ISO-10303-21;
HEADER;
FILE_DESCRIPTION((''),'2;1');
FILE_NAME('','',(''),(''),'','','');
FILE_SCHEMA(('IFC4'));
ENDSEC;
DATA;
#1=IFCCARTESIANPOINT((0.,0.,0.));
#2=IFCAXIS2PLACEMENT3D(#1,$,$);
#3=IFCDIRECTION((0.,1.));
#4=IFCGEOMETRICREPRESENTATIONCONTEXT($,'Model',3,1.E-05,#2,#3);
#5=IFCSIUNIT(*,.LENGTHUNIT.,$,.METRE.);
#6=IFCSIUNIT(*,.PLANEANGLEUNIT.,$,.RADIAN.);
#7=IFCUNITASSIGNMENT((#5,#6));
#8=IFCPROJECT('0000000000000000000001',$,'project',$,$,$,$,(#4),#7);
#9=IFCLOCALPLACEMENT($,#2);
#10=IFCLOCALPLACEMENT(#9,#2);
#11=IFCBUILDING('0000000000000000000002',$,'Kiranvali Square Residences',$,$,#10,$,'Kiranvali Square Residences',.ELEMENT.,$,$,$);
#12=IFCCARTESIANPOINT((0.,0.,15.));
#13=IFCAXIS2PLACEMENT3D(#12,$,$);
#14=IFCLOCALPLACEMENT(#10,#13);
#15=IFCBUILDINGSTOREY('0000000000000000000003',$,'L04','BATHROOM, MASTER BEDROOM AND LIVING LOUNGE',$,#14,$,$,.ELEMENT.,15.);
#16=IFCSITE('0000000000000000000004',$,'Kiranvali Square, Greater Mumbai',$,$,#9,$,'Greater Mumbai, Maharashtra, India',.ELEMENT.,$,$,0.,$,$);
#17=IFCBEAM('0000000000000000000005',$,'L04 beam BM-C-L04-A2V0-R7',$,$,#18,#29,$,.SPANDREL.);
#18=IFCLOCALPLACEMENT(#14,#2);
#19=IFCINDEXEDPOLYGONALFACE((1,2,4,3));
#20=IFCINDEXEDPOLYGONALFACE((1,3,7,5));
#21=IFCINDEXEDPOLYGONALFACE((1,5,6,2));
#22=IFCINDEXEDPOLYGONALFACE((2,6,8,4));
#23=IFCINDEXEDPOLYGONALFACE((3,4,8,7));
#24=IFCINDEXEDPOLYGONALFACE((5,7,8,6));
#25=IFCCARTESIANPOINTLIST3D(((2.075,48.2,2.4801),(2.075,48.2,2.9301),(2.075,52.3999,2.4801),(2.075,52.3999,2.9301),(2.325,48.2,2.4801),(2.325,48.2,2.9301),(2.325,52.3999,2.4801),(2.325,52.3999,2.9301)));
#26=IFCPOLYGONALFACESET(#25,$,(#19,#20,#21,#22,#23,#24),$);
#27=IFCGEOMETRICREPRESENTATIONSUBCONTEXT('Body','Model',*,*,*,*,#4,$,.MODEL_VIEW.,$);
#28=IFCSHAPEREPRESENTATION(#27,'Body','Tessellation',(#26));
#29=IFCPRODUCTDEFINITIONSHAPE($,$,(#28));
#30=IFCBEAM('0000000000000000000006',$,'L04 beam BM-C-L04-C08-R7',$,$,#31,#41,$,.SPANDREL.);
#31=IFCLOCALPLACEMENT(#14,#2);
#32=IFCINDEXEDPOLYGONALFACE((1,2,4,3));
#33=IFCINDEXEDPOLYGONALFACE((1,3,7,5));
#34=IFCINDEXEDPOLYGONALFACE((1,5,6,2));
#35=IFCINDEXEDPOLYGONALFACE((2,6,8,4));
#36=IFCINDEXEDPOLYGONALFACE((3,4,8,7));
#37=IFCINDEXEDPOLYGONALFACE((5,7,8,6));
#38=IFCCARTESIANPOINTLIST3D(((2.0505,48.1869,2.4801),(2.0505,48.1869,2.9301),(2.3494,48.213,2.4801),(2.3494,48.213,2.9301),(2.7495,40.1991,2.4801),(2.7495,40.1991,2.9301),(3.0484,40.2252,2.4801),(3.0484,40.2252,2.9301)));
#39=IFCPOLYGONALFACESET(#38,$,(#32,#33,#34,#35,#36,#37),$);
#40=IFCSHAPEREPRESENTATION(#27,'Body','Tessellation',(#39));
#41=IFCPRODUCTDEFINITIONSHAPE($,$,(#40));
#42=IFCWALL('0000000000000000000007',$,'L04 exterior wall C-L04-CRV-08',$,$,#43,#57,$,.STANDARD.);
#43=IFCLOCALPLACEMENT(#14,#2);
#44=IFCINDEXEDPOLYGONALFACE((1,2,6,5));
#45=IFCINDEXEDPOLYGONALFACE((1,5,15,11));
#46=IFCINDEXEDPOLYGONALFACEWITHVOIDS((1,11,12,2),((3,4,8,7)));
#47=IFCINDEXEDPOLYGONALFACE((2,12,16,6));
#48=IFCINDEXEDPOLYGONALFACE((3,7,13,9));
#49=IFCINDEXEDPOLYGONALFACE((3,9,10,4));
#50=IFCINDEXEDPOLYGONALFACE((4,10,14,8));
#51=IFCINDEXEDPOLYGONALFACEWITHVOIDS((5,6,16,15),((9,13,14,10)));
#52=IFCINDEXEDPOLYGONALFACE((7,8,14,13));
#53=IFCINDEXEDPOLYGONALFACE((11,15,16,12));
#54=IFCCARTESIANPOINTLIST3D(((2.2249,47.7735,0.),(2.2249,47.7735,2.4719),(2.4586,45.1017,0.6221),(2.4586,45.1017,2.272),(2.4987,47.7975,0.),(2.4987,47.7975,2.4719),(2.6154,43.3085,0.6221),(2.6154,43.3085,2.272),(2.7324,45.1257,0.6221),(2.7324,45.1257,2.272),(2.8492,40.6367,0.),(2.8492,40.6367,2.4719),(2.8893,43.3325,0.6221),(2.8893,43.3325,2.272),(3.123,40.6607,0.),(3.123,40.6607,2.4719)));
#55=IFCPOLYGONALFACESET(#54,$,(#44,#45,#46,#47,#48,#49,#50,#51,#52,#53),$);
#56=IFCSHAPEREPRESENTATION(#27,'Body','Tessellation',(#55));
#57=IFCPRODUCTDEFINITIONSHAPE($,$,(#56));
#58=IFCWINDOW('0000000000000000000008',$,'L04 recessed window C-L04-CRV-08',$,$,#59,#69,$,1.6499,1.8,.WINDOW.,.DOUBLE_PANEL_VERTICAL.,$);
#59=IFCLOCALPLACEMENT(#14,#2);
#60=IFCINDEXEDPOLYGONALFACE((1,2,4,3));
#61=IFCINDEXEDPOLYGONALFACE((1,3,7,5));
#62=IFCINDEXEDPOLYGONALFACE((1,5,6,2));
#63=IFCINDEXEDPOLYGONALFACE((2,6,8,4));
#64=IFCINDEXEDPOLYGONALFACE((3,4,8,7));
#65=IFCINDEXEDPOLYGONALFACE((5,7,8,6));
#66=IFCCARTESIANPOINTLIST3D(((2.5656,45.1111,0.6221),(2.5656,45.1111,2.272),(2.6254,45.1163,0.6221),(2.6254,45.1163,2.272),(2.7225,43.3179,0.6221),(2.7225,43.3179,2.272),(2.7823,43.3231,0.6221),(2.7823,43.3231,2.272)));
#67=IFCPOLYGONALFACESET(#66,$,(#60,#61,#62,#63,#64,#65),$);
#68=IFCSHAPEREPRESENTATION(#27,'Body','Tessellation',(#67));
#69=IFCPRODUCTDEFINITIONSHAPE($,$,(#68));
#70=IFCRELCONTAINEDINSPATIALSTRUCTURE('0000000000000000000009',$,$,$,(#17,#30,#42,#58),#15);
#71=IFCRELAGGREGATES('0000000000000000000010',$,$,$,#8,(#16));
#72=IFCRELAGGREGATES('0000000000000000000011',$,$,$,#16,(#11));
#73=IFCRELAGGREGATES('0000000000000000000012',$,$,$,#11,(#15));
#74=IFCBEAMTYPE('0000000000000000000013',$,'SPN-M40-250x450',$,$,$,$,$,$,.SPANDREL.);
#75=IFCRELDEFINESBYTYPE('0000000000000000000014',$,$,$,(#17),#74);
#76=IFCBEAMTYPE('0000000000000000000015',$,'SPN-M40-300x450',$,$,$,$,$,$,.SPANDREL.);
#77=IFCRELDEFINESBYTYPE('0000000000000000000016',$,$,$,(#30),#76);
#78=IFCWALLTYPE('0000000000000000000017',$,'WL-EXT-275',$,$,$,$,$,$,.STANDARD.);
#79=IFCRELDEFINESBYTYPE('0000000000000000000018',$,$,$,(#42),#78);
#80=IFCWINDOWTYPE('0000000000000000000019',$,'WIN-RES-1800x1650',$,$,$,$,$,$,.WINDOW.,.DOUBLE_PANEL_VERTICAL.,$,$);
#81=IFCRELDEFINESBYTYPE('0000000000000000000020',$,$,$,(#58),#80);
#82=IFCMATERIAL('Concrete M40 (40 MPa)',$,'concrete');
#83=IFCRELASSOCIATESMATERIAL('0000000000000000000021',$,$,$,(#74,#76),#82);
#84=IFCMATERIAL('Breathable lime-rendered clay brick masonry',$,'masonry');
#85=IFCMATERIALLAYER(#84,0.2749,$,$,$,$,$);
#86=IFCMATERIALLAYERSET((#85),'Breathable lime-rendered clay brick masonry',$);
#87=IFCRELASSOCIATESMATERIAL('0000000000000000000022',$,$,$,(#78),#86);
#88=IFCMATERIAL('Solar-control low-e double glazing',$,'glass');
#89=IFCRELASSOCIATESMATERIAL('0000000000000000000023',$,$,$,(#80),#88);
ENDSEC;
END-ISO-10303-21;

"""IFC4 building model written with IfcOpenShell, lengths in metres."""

from ifc_helpers import new_model, si_unit, direction, frame, frame_2d, origin, origin_2d, place, context, subcontext, project, spatial, rectangle, extrude, material, layer, layer_set, material_profile, profile_set, type_object, element, fill, save


model = new_model("IFC4")

# Units and contexts
model_context = context("Model", 3, precision=1e-05, world=origin(), true_north=direction((0.0, 1.0)))
body_context = subcontext(model_context, "Body", "Model", "MODEL_VIEW")
ifc_project = project(units=[si_unit("LENGTHUNIT", "METRE"), si_unit("PLANEANGLEUNIT", "RADIAN")], contexts=[model_context])

# Site, building, storey
site_placement = place(None, origin())
site = spatial("IfcSite", under=ifc_project, at=site_placement, Name="Kiranvali Square, Greater Mumbai", LongName="Greater Mumbai, Maharashtra, India", CompositionType="ELEMENT", RefElevation=0.0)
building_placement = place(site_placement, origin())
building = spatial("IfcBuilding", under=site, at=building_placement, Name="Kiranvali Square Residences", LongName="Kiranvali Square Residences", CompositionType="ELEMENT")
storey_placement = place(building_placement, frame((0.0, 0.0, 15.0)))
storey = spatial("IfcBuildingStorey", under=building, at=storey_placement, Name="L04", Description="BATHROOM, MASTER BEDROOM AND LIVING LOUNGE", CompositionType="ELEMENT", Elevation=15.0)

# Beams
ifc_material_1 = material(Name="Concrete M40 (40 MPa)", Category="concrete")
ifc_material_profile_1 = material_profile(ifc_material_1, rectangle(XDim=0.25, YDim=0.45, at=origin_2d()), Name="RC 250x450")
ifc_profile_set_1 = profile_set([ifc_material_profile_1], Name="Concrete M40 (40 MPa)")
beam_type_1 = type_object("IfcBeamType", Name="SPN-M40-250x450", PredefinedType="SPANDREL", material=ifc_profile_set_1)
beam_1_placement = place(storey_placement, frame((2.2, 48.2, 2.7051), z_axis=(0.0, 1.0, 0.0), x_axis=(-1.0, 0.0, 0.0)))
element("IfcBeam", 1, at=beam_1_placement, inside=storey, type_object=beam_type_1, Name="L04 beam BM-C-L04-A2V0-R7", PredefinedType="SPANDREL", context=body_context, shape_type="SweptSolid", body=[
    extrude(rectangle(XDim=0.25, YDim=0.45, at=origin_2d()), origin(), (0.0, 0.0, 1.0), 4.2),
])
ifc_material_profile_2 = material_profile(ifc_material_1, rectangle(XDim=0.3, YDim=0.45, at=origin_2d()), Name="RC 300x450")
ifc_profile_set_2 = profile_set([ifc_material_profile_2], Name="Concrete M40 (40 MPa)")
beam_type_2 = type_object("IfcBeamType", Name="SPN-M40-300x450", PredefinedType="SPANDREL", material=ifc_profile_set_2)
beam_2_placement = place(storey_placement, frame((2.8989, 40.2122, 2.7051), z_axis=(-0.087172, 0.996193, 0.0), x_axis=(-0.996193, -0.087172, 0.0)))
element("IfcBeam", 2, at=beam_2_placement, inside=storey, type_object=beam_type_2, Name="L04 beam BM-C-L04-C08-R7", PredefinedType="SPANDREL", context=body_context, shape_type="SweptSolid", body=[
    extrude(rectangle(XDim=0.3, YDim=0.45, at=origin_2d()), origin(), (0.0, 0.0, 1.0), 8.0183),
])

# Wall, opening, window
ifc_material_2 = material(Name="Breathable lime-rendered clay brick masonry", Category="masonry")
ifc_layer = layer(ifc_material_2, 0.2749)
ifc_layer_set = layer_set([ifc_layer], Name="Breathable lime-rendered clay brick masonry")
wall_type = type_object("IfcWallType", Name="WL-EXT-275", PredefinedType="STANDARD", material=ifc_layer_set)
wall_placement = place(storey_placement, frame((2.9861, 40.6487, 0.0), z_axis=(0.0, 0.0, 1.0), x_axis=(-0.08714, 0.996196, 0.0)))
wall = element("IfcWall", 3, at=wall_placement, inside=storey, type_object=wall_type, Name="L04 exterior wall C-L04-CRV-08", PredefinedType="STANDARD", context=body_context, shape_type="SweptSolid", body=[
    extrude(rectangle(XDim=7.1641, YDim=0.2749, at=frame_2d((3.582, 0.0))), origin(), (0.0, 0.0, 1.0), 2.4719),
])
opening_placement = place(wall_placement, frame((2.6821, 0.0, 0.6221)))
opening = element("IfcOpeningElement", 4, at=opening_placement, cuts=wall, PredefinedType="OPENING", context=body_context, shape_type="SweptSolid", body=[
    extrude(rectangle(XDim=1.8, YDim=1.6499, at=frame_2d((0.8999, 0.825))), frame((0.0, 0.1475, 0.0), z_axis=(0.0, -1.0, 0.0), x_axis=(1.0, 0.0, 0.0)), (0.0, 0.0, 1.0), 0.2949),
])
ifc_material_3 = material(Name="Solar-control low-e double glazing", Category="glass")
window_type = type_object("IfcWindowType", Name="WIN-RES-1800x1650", PartitioningType="DOUBLE_PANEL_VERTICAL", PredefinedType="WINDOW", material=ifc_material_3)
window_placement = place(opening_placement, origin())
window = element("IfcWindow", 5, at=window_placement, inside=storey, type_object=window_type, Name="L04 recessed window C-L04-CRV-08", OverallHeight=1.6499, OverallWidth=1.8, PartitioningType="DOUBLE_PANEL_VERTICAL", PredefinedType="WINDOW", context=body_context, shape_type="SweptSolid", body=[
    extrude(rectangle(XDim=1.8, YDim=1.6499, at=frame_2d((0.8999, 0.825))), frame((0.0, 0.03, 0.0), z_axis=(0.0, -1.0, 0.0), x_axis=(1.0, 0.0, 0.0)), (0.0, 0.0, 1.0), 0.0601),
])
fill(opening, window)

save(model, "model.ifc")
